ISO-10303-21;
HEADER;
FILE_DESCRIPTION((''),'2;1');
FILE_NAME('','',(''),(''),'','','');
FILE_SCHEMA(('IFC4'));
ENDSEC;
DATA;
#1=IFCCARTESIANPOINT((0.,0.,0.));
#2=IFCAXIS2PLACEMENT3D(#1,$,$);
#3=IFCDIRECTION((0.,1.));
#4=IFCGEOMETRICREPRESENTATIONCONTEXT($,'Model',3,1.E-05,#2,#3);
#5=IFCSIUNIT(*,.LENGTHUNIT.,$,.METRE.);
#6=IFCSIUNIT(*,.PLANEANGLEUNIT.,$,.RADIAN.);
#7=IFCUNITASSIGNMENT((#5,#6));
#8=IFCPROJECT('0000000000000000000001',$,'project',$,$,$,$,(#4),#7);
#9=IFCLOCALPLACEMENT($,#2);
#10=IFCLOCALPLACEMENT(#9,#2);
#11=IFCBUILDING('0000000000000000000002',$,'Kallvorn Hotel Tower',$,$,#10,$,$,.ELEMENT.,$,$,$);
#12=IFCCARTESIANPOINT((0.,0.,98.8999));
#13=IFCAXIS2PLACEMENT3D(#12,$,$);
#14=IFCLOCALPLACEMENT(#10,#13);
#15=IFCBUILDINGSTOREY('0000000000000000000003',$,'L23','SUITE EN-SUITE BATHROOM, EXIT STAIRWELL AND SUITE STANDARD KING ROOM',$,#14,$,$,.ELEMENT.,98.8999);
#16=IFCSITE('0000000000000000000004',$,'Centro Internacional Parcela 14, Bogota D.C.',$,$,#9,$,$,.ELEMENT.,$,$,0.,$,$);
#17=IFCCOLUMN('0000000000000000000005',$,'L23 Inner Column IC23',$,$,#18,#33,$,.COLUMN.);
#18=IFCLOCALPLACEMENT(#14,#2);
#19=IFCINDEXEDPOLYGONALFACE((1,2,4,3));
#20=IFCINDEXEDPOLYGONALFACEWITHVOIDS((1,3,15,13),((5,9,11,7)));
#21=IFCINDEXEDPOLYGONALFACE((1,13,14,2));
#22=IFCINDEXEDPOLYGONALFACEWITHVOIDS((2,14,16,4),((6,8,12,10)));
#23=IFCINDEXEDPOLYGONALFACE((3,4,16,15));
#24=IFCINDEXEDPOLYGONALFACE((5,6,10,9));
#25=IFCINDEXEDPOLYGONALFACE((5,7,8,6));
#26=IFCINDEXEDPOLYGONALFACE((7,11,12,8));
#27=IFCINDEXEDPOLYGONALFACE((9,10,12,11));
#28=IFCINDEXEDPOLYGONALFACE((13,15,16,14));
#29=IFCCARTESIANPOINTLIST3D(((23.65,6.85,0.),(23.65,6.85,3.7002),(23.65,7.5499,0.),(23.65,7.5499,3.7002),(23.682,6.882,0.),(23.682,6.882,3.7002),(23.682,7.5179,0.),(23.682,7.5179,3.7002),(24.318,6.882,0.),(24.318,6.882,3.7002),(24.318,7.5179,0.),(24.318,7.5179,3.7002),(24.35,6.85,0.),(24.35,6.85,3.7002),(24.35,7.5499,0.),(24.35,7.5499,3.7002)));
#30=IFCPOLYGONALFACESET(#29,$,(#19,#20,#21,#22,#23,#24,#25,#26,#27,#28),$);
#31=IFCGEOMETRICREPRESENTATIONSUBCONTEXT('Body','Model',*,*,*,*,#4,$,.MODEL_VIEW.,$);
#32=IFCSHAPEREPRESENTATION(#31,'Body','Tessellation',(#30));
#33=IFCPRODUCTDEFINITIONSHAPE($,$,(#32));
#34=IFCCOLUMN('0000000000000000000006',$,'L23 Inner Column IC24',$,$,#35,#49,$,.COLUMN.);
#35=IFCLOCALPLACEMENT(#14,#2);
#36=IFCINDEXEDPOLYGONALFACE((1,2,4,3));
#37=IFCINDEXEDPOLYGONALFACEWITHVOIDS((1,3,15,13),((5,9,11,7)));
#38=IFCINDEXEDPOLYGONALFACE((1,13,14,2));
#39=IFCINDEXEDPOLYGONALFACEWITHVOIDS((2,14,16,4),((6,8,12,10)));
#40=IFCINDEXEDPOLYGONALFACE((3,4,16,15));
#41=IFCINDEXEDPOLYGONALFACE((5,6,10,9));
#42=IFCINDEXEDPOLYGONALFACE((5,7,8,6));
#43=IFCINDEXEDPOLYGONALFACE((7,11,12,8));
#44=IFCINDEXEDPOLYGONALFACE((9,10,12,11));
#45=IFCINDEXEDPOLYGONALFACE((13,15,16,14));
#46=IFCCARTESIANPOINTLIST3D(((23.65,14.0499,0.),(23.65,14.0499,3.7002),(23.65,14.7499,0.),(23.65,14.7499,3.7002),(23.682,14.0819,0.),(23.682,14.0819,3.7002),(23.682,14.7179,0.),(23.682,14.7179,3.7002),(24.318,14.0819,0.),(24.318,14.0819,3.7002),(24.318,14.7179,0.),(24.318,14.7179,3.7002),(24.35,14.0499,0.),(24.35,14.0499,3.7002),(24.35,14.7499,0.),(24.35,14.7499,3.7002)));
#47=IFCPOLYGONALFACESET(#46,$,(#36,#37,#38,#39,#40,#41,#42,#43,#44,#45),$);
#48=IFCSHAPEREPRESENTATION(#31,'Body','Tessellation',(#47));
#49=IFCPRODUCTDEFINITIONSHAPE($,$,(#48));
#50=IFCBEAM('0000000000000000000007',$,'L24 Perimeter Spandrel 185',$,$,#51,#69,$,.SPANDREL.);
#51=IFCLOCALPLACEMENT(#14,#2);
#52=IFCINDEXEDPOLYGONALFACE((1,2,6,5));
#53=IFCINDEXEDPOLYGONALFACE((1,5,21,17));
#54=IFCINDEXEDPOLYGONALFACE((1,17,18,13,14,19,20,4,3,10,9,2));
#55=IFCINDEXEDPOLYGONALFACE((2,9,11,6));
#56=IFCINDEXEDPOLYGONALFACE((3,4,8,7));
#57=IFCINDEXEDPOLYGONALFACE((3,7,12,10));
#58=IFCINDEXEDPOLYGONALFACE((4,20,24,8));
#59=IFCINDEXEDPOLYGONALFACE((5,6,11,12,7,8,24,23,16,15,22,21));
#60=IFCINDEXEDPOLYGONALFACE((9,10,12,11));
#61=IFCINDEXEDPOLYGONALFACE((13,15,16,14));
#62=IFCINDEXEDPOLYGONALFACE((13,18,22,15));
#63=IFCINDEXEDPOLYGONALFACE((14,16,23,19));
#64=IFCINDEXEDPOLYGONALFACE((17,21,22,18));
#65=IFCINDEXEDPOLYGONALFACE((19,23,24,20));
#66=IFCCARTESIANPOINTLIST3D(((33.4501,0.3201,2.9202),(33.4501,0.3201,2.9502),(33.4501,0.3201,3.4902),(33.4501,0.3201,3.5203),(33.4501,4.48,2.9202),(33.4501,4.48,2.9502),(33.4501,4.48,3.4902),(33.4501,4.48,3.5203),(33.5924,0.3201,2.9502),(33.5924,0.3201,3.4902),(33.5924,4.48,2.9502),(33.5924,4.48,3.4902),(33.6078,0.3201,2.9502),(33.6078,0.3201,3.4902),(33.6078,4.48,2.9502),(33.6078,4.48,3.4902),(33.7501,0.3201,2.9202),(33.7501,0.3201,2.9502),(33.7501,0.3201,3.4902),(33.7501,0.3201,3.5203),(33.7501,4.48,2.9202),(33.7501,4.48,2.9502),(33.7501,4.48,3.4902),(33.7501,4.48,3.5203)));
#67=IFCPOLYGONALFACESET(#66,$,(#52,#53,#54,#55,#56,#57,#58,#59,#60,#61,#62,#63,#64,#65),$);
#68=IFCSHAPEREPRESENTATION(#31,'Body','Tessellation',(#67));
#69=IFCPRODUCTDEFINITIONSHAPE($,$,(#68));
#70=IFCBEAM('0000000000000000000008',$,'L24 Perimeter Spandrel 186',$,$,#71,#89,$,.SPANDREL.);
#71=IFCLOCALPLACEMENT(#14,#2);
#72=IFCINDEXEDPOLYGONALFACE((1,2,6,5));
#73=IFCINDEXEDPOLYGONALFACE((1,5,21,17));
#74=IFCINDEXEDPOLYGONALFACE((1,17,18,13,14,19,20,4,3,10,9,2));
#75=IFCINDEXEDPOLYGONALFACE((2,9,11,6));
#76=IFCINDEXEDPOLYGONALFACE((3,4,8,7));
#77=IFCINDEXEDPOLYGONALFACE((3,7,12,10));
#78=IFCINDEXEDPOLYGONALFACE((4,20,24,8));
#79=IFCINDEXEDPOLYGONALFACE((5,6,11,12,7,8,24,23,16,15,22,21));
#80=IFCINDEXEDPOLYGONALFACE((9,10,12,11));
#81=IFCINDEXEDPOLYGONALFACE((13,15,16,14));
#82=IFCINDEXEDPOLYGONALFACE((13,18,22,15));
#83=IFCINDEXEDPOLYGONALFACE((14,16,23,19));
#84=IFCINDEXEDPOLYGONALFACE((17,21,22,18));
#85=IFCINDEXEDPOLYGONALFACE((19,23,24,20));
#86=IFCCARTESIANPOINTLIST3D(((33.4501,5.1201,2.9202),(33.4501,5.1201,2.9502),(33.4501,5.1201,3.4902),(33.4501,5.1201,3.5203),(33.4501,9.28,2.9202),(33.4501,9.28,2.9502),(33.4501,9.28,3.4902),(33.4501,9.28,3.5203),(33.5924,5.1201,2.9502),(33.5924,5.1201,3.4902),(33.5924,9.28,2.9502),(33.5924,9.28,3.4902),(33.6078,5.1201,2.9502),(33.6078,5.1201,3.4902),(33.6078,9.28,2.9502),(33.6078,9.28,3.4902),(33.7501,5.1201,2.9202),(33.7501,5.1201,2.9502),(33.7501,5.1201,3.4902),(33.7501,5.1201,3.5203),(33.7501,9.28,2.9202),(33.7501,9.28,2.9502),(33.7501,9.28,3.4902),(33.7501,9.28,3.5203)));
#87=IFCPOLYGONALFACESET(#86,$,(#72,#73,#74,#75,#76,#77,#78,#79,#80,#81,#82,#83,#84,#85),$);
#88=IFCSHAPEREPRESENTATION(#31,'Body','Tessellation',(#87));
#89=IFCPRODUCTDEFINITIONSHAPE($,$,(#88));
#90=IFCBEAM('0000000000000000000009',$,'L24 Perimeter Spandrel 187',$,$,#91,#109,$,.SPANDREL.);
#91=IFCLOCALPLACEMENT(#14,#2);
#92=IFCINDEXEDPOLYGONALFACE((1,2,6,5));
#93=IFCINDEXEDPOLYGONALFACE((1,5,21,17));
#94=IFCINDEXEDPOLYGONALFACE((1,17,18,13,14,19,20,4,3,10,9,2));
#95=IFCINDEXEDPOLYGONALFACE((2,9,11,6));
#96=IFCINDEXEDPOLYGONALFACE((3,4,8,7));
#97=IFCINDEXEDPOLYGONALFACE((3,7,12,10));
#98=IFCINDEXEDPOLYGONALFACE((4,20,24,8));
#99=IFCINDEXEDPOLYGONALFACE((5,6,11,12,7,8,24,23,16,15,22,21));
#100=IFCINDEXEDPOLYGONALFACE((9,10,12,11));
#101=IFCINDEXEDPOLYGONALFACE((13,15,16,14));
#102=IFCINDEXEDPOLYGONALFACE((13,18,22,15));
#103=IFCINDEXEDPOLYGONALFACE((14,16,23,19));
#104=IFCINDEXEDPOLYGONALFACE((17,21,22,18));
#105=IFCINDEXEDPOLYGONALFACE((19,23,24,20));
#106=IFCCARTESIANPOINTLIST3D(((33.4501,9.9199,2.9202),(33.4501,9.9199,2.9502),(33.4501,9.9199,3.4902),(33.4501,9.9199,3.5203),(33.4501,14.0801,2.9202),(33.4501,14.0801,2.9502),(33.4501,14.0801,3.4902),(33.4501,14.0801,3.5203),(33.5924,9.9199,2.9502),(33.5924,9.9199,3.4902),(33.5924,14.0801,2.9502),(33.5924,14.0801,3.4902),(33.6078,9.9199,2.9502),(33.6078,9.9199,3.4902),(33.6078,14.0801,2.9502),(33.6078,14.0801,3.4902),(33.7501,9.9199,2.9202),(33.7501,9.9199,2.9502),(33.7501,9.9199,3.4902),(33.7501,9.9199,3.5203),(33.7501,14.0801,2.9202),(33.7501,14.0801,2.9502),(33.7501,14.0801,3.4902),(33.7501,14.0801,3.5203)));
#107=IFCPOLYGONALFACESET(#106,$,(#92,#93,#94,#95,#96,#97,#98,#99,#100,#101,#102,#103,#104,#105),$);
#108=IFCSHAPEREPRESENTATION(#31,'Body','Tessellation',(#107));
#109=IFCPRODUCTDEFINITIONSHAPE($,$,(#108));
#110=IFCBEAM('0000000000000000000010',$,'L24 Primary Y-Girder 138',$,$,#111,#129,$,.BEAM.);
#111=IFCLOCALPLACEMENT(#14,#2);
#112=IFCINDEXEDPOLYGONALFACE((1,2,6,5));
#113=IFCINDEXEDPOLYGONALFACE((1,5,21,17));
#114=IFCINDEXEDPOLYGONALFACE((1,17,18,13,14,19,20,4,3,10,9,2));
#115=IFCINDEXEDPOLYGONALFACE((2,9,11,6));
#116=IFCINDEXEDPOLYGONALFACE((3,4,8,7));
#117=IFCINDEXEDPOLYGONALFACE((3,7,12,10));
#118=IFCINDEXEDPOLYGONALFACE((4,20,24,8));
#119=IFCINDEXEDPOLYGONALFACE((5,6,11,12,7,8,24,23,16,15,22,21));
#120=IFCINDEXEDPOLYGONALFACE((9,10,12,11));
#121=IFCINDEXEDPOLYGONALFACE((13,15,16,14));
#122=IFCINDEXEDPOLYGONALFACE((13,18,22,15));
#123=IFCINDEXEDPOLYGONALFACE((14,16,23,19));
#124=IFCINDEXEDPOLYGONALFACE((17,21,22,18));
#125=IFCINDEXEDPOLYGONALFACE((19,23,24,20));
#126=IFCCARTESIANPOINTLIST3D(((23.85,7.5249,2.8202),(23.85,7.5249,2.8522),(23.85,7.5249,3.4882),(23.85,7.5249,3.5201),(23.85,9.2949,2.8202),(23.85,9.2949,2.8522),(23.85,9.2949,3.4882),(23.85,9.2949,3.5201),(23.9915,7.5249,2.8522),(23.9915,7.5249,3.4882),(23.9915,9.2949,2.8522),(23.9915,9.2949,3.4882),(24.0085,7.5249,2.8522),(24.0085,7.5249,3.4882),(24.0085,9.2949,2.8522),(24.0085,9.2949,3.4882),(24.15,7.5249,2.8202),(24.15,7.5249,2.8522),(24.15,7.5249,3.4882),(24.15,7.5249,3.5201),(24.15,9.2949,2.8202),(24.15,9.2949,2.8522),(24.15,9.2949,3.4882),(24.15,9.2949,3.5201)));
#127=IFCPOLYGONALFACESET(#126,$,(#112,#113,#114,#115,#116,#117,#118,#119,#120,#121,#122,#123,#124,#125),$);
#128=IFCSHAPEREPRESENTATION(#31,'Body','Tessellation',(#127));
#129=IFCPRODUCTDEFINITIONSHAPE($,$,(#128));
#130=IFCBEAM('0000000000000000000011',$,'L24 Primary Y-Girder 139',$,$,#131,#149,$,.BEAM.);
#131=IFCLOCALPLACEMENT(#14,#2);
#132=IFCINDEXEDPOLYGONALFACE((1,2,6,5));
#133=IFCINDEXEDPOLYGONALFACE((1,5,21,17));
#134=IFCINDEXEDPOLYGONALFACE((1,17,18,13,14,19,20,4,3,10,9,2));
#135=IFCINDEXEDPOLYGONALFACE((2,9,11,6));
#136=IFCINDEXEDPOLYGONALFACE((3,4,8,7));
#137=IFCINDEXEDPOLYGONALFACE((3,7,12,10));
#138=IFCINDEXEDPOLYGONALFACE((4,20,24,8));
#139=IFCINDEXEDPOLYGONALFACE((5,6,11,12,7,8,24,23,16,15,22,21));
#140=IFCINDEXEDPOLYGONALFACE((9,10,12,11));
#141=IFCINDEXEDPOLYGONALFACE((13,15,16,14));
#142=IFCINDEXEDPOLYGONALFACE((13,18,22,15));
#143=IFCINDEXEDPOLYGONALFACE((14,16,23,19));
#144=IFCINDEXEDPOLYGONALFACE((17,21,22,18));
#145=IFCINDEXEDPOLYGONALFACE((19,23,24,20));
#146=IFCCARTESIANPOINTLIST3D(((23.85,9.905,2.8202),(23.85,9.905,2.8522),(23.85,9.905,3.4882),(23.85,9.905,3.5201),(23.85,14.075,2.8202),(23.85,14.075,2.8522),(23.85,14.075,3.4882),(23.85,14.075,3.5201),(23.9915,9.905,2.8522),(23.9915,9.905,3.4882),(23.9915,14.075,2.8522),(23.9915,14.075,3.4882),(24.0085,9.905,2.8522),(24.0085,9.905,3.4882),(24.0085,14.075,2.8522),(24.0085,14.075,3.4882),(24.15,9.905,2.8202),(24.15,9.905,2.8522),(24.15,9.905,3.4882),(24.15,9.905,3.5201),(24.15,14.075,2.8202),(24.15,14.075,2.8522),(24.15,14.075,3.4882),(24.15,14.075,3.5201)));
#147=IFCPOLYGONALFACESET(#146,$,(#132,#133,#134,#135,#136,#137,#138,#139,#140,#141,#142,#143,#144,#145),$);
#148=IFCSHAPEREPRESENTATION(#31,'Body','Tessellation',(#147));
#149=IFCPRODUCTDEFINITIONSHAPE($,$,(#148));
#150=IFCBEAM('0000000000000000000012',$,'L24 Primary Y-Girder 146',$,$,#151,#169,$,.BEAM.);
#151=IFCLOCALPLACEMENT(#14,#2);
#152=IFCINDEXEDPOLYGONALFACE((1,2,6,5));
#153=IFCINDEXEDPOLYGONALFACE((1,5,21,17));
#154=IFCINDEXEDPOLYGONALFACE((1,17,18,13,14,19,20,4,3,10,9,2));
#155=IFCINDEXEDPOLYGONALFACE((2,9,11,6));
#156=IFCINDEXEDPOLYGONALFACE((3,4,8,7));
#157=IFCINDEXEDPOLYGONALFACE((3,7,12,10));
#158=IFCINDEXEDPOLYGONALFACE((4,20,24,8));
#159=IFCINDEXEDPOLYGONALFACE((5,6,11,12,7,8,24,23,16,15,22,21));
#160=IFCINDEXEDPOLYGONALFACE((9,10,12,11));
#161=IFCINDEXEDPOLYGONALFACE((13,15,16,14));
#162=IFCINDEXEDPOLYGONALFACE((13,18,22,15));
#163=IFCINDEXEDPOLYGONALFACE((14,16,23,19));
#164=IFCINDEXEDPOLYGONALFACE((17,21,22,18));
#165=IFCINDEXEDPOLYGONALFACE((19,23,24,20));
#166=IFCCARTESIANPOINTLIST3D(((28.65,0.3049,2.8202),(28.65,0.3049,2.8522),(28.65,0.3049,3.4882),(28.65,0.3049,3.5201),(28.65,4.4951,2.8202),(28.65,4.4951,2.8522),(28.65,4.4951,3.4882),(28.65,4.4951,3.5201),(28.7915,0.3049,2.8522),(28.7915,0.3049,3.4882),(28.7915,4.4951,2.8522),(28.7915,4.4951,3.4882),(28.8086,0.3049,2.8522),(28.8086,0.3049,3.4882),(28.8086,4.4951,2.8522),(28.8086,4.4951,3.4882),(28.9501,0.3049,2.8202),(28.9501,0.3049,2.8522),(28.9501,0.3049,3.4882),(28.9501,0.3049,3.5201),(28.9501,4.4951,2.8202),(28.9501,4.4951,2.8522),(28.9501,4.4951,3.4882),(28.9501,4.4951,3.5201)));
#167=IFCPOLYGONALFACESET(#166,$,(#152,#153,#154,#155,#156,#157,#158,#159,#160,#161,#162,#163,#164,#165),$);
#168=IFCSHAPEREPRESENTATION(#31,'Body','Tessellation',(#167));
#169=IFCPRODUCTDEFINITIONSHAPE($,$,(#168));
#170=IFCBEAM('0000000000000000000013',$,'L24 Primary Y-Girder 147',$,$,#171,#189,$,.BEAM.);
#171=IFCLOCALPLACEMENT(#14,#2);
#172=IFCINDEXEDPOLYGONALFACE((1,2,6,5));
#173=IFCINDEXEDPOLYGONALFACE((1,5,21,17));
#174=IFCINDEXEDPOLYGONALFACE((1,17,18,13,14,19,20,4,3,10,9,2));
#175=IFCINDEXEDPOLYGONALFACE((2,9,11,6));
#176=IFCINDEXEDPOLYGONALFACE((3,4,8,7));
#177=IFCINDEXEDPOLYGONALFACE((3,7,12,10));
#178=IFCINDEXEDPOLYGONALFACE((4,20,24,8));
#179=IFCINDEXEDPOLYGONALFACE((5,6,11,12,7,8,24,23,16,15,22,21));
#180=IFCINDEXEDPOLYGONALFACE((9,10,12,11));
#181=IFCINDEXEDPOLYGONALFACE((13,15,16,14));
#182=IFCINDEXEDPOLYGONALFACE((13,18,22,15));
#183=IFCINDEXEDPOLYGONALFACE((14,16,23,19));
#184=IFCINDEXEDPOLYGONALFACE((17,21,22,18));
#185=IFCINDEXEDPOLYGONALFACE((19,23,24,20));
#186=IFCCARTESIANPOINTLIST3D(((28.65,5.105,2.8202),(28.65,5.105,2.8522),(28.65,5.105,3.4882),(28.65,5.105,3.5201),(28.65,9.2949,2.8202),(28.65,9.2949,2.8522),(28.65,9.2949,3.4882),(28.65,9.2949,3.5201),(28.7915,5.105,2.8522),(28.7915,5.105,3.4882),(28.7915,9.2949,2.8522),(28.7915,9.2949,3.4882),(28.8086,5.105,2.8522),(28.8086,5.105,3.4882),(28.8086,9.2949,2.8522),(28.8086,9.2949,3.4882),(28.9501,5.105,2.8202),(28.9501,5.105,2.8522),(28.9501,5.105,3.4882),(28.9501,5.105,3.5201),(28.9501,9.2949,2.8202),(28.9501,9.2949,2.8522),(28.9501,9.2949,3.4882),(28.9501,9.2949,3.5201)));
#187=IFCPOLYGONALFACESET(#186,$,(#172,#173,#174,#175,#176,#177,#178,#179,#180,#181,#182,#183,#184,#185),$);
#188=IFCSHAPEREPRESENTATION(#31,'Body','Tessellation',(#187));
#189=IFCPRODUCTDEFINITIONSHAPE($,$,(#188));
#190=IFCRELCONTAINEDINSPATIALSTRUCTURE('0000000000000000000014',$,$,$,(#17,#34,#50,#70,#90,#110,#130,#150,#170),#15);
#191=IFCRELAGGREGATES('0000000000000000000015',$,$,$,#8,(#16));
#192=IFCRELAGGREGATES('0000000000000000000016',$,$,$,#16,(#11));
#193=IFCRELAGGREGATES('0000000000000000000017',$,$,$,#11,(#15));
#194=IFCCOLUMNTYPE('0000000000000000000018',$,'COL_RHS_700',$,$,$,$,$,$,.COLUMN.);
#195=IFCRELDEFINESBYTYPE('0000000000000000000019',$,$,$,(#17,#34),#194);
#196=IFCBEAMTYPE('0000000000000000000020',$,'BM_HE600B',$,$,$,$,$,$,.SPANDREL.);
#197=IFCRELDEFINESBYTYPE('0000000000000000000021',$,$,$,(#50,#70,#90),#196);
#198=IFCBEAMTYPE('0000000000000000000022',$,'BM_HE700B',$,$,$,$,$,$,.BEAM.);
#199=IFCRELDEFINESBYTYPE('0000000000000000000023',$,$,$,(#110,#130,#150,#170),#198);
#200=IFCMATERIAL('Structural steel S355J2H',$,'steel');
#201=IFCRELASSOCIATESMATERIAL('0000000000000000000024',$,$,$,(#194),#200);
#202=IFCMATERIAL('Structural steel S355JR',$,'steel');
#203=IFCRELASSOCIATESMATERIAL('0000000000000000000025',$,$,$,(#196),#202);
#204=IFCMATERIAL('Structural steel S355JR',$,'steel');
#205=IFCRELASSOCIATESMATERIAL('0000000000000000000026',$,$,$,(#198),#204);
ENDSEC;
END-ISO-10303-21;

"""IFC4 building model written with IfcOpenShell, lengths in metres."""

from ifc_helpers import new_model, si_unit, direction, frame, origin, origin_2d, place, context, subcontext, project, spatial, hollow_rectangle, i_section, extrude, material, material_profile, profile_set, type_object, element, save


model = new_model("IFC4")

# Units and contexts
model_context = context("Model", 3, precision=1e-05, world=origin(), true_north=direction((0.0, 1.0)))
body_context = subcontext(model_context, "Body", "Model", "MODEL_VIEW")
ifc_project = project(units=[si_unit("LENGTHUNIT", "METRE"), si_unit("PLANEANGLEUNIT", "RADIAN")], contexts=[model_context])

# Site, building, storey
site_placement = place(None, origin())
site = spatial("IfcSite", under=ifc_project, at=site_placement, Name="Centro Internacional Parcela 14, Bogota D.C.", CompositionType="ELEMENT", RefElevation=0.0)
building_placement = place(site_placement, origin())
building = spatial("IfcBuilding", under=site, at=building_placement, Name="Kallvorn Hotel Tower", CompositionType="ELEMENT")
storey_placement = place(building_placement, frame((0.0, 0.0, 98.8999)))
storey = spatial("IfcBuildingStorey", under=building, at=storey_placement, Name="L23", Description="SUITE EN-SUITE BATHROOM, EXIT STAIRWELL AND SUITE STANDARD KING ROOM", CompositionType="ELEMENT", Elevation=98.8999)

# Columns
ifc_material_1 = material(Name="Structural steel S355J2H", Category="steel")
ifc_material_profile_1 = material_profile(ifc_material_1, hollow_rectangle(XDim=0.7, YDim=0.7, WallThickness=0.032, at=origin_2d()), Name="RHS 700x700x32")
ifc_profile_set_1 = profile_set([ifc_material_profile_1], Name="Structural steel S355J2H")
column_type_1 = type_object("IfcColumnType", Name="COL_RHS_700", PredefinedType="COLUMN", material=ifc_profile_set_1)
for number, where, z_axis, x_axis, name in (
    (1, (24.0, 7.2, 0.0), (0.0, 0.0, 1.0), (1.0, 0.0, 0.0), "L23 Inner Column IC23"),
    (2, (24.0, 14.3999, 0.0), (0.0, 0.0, 1.0), (1.0, 0.0, 0.0), "L23 Inner Column IC24"),
):
    element("IfcColumn", number, at=place(storey_placement, frame(where, z_axis=z_axis, x_axis=x_axis)), inside=storey, type_object=column_type_1, Name=name, PredefinedType="COLUMN", context=body_context, shape_type="SweptSolid", body=[
        extrude(hollow_rectangle(XDim=0.7, YDim=0.7, WallThickness=0.032, at=origin_2d()), origin(), (0.0, 0.0, 1.0), 3.7002),
    ])

# Beams
ifc_material_2 = material(Name="Structural steel S355JR", Category="steel")
ifc_material_profile_2 = material_profile(ifc_material_2, i_section(OverallWidth=0.3, OverallDepth=0.6001, WebThickness=0.0154, FlangeThickness=0.03, at=origin_2d()), Name="HE 600 B")
ifc_profile_set_2 = profile_set([ifc_material_profile_2], Name="Structural steel S355JR")
beam_type_1 = type_object("IfcBeamType", Name="BM_HE600B", PredefinedType="SPANDREL", material=ifc_profile_set_2)
for number, where, z_axis, x_axis, name in (
    (3, (33.6001, 0.3201, 3.2202), (0.0, 1.0, 0.0), (-1.0, 0.0, 0.0), "L24 Perimeter Spandrel 185"),
    (4, (33.6001, 5.1201, 3.2202), (0.0, 1.0, 0.0), (-1.0, 0.0, 0.0), "L24 Perimeter Spandrel 186"),
):
    element("IfcBeam", number, at=place(storey_placement, frame(where, z_axis=z_axis, x_axis=x_axis)), inside=storey, type_object=beam_type_1, Name=name, PredefinedType="SPANDREL", context=body_context, shape_type="SweptSolid", body=[
        extrude(i_section(OverallWidth=0.3, OverallDepth=0.6001, WebThickness=0.0154, FlangeThickness=0.03, at=origin_2d()), origin(), (0.0, 0.0, 1.0), 4.1599),
    ])
beam_1_placement = place(storey_placement, frame((33.6001, 9.9199, 3.2202), z_axis=(0.0, 1.0, 0.0), x_axis=(-1.0, 0.0, 0.0)))
element("IfcBeam", 5, at=beam_1_placement, inside=storey, type_object=beam_type_1, Name="L24 Perimeter Spandrel 187", PredefinedType="SPANDREL", context=body_context, shape_type="SweptSolid", body=[
    extrude(i_section(OverallWidth=0.3, OverallDepth=0.6001, WebThickness=0.0154, FlangeThickness=0.03, at=origin_2d()), origin(), (0.0, 0.0, 1.0), 4.1602),
])
ifc_material_3 = material(Name="Structural steel S355JR", Category="steel")
ifc_material_profile_3 = material_profile(ifc_material_3, i_section(OverallWidth=0.3, OverallDepth=0.7, WebThickness=0.0171, FlangeThickness=0.032, at=origin_2d()), Name="HE 700 B")
ifc_profile_set_3 = profile_set([ifc_material_profile_3], Name="Structural steel S355JR")
beam_type_2 = type_object("IfcBeamType", Name="BM_HE700B", PredefinedType="BEAM", material=ifc_profile_set_3)
beam_2_placement = place(storey_placement, frame((24.0, 7.5249, 3.1702), z_axis=(0.0, 1.0, 0.0), x_axis=(-1.0, 0.0, 0.0)))
element("IfcBeam", 6, at=beam_2_placement, inside=storey, type_object=beam_type_2, Name="L24 Primary Y-Girder 138", PredefinedType="BEAM", context=body_context, shape_type="SweptSolid", body=[
    extrude(i_section(OverallWidth=0.3, OverallDepth=0.7, WebThickness=0.0171, FlangeThickness=0.032, at=origin_2d()), origin(), (0.0, 0.0, 1.0), 1.77),
])
beam_3_placement = place(storey_placement, frame((24.0, 9.905, 3.1702), z_axis=(0.0, 1.0, 0.0), x_axis=(-1.0, 0.0, 0.0)))
element("IfcBeam", 7, at=beam_3_placement, inside=storey, type_object=beam_type_2, Name="L24 Primary Y-Girder 139", PredefinedType="BEAM", context=body_context, shape_type="SweptSolid", body=[
    extrude(i_section(OverallWidth=0.3, OverallDepth=0.7, WebThickness=0.0171, FlangeThickness=0.032, at=origin_2d()), origin(), (0.0, 0.0, 1.0), 4.1699),
])
beam_4_placement = place(storey_placement, frame((28.8, 0.3049, 3.1702), z_axis=(0.0, 1.0, 0.0), x_axis=(-1.0, 0.0, 0.0)))
element("IfcBeam", 8, at=beam_4_placement, inside=storey, type_object=beam_type_2, Name="L24 Primary Y-Girder 146", PredefinedType="BEAM", context=body_context, shape_type="SweptSolid", body=[
    extrude(i_section(OverallWidth=0.3, OverallDepth=0.7, WebThickness=0.0171, FlangeThickness=0.032, at=origin_2d()), origin(), (0.0, 0.0, 1.0), 4.1902),
])
for number, where, z_axis, x_axis, name in (
    (9, (28.8, 5.105, 3.1702), (0.0, 1.0, 0.0), (-1.0, 0.0, 0.0), "L24 Primary Y-Girder 147"),
):
    element("IfcBeam", number, at=place(storey_placement, frame(where, z_axis=z_axis, x_axis=x_axis)), inside=storey, type_object=beam_type_2, Name=name, PredefinedType="BEAM", context=body_context, shape_type="SweptSolid", body=[
        extrude(i_section(OverallWidth=0.3, OverallDepth=0.7, WebThickness=0.0171, FlangeThickness=0.032, at=origin_2d()), origin(), (0.0, 0.0, 1.0), 4.1899),
    ])

save(model, "model.ifc")
